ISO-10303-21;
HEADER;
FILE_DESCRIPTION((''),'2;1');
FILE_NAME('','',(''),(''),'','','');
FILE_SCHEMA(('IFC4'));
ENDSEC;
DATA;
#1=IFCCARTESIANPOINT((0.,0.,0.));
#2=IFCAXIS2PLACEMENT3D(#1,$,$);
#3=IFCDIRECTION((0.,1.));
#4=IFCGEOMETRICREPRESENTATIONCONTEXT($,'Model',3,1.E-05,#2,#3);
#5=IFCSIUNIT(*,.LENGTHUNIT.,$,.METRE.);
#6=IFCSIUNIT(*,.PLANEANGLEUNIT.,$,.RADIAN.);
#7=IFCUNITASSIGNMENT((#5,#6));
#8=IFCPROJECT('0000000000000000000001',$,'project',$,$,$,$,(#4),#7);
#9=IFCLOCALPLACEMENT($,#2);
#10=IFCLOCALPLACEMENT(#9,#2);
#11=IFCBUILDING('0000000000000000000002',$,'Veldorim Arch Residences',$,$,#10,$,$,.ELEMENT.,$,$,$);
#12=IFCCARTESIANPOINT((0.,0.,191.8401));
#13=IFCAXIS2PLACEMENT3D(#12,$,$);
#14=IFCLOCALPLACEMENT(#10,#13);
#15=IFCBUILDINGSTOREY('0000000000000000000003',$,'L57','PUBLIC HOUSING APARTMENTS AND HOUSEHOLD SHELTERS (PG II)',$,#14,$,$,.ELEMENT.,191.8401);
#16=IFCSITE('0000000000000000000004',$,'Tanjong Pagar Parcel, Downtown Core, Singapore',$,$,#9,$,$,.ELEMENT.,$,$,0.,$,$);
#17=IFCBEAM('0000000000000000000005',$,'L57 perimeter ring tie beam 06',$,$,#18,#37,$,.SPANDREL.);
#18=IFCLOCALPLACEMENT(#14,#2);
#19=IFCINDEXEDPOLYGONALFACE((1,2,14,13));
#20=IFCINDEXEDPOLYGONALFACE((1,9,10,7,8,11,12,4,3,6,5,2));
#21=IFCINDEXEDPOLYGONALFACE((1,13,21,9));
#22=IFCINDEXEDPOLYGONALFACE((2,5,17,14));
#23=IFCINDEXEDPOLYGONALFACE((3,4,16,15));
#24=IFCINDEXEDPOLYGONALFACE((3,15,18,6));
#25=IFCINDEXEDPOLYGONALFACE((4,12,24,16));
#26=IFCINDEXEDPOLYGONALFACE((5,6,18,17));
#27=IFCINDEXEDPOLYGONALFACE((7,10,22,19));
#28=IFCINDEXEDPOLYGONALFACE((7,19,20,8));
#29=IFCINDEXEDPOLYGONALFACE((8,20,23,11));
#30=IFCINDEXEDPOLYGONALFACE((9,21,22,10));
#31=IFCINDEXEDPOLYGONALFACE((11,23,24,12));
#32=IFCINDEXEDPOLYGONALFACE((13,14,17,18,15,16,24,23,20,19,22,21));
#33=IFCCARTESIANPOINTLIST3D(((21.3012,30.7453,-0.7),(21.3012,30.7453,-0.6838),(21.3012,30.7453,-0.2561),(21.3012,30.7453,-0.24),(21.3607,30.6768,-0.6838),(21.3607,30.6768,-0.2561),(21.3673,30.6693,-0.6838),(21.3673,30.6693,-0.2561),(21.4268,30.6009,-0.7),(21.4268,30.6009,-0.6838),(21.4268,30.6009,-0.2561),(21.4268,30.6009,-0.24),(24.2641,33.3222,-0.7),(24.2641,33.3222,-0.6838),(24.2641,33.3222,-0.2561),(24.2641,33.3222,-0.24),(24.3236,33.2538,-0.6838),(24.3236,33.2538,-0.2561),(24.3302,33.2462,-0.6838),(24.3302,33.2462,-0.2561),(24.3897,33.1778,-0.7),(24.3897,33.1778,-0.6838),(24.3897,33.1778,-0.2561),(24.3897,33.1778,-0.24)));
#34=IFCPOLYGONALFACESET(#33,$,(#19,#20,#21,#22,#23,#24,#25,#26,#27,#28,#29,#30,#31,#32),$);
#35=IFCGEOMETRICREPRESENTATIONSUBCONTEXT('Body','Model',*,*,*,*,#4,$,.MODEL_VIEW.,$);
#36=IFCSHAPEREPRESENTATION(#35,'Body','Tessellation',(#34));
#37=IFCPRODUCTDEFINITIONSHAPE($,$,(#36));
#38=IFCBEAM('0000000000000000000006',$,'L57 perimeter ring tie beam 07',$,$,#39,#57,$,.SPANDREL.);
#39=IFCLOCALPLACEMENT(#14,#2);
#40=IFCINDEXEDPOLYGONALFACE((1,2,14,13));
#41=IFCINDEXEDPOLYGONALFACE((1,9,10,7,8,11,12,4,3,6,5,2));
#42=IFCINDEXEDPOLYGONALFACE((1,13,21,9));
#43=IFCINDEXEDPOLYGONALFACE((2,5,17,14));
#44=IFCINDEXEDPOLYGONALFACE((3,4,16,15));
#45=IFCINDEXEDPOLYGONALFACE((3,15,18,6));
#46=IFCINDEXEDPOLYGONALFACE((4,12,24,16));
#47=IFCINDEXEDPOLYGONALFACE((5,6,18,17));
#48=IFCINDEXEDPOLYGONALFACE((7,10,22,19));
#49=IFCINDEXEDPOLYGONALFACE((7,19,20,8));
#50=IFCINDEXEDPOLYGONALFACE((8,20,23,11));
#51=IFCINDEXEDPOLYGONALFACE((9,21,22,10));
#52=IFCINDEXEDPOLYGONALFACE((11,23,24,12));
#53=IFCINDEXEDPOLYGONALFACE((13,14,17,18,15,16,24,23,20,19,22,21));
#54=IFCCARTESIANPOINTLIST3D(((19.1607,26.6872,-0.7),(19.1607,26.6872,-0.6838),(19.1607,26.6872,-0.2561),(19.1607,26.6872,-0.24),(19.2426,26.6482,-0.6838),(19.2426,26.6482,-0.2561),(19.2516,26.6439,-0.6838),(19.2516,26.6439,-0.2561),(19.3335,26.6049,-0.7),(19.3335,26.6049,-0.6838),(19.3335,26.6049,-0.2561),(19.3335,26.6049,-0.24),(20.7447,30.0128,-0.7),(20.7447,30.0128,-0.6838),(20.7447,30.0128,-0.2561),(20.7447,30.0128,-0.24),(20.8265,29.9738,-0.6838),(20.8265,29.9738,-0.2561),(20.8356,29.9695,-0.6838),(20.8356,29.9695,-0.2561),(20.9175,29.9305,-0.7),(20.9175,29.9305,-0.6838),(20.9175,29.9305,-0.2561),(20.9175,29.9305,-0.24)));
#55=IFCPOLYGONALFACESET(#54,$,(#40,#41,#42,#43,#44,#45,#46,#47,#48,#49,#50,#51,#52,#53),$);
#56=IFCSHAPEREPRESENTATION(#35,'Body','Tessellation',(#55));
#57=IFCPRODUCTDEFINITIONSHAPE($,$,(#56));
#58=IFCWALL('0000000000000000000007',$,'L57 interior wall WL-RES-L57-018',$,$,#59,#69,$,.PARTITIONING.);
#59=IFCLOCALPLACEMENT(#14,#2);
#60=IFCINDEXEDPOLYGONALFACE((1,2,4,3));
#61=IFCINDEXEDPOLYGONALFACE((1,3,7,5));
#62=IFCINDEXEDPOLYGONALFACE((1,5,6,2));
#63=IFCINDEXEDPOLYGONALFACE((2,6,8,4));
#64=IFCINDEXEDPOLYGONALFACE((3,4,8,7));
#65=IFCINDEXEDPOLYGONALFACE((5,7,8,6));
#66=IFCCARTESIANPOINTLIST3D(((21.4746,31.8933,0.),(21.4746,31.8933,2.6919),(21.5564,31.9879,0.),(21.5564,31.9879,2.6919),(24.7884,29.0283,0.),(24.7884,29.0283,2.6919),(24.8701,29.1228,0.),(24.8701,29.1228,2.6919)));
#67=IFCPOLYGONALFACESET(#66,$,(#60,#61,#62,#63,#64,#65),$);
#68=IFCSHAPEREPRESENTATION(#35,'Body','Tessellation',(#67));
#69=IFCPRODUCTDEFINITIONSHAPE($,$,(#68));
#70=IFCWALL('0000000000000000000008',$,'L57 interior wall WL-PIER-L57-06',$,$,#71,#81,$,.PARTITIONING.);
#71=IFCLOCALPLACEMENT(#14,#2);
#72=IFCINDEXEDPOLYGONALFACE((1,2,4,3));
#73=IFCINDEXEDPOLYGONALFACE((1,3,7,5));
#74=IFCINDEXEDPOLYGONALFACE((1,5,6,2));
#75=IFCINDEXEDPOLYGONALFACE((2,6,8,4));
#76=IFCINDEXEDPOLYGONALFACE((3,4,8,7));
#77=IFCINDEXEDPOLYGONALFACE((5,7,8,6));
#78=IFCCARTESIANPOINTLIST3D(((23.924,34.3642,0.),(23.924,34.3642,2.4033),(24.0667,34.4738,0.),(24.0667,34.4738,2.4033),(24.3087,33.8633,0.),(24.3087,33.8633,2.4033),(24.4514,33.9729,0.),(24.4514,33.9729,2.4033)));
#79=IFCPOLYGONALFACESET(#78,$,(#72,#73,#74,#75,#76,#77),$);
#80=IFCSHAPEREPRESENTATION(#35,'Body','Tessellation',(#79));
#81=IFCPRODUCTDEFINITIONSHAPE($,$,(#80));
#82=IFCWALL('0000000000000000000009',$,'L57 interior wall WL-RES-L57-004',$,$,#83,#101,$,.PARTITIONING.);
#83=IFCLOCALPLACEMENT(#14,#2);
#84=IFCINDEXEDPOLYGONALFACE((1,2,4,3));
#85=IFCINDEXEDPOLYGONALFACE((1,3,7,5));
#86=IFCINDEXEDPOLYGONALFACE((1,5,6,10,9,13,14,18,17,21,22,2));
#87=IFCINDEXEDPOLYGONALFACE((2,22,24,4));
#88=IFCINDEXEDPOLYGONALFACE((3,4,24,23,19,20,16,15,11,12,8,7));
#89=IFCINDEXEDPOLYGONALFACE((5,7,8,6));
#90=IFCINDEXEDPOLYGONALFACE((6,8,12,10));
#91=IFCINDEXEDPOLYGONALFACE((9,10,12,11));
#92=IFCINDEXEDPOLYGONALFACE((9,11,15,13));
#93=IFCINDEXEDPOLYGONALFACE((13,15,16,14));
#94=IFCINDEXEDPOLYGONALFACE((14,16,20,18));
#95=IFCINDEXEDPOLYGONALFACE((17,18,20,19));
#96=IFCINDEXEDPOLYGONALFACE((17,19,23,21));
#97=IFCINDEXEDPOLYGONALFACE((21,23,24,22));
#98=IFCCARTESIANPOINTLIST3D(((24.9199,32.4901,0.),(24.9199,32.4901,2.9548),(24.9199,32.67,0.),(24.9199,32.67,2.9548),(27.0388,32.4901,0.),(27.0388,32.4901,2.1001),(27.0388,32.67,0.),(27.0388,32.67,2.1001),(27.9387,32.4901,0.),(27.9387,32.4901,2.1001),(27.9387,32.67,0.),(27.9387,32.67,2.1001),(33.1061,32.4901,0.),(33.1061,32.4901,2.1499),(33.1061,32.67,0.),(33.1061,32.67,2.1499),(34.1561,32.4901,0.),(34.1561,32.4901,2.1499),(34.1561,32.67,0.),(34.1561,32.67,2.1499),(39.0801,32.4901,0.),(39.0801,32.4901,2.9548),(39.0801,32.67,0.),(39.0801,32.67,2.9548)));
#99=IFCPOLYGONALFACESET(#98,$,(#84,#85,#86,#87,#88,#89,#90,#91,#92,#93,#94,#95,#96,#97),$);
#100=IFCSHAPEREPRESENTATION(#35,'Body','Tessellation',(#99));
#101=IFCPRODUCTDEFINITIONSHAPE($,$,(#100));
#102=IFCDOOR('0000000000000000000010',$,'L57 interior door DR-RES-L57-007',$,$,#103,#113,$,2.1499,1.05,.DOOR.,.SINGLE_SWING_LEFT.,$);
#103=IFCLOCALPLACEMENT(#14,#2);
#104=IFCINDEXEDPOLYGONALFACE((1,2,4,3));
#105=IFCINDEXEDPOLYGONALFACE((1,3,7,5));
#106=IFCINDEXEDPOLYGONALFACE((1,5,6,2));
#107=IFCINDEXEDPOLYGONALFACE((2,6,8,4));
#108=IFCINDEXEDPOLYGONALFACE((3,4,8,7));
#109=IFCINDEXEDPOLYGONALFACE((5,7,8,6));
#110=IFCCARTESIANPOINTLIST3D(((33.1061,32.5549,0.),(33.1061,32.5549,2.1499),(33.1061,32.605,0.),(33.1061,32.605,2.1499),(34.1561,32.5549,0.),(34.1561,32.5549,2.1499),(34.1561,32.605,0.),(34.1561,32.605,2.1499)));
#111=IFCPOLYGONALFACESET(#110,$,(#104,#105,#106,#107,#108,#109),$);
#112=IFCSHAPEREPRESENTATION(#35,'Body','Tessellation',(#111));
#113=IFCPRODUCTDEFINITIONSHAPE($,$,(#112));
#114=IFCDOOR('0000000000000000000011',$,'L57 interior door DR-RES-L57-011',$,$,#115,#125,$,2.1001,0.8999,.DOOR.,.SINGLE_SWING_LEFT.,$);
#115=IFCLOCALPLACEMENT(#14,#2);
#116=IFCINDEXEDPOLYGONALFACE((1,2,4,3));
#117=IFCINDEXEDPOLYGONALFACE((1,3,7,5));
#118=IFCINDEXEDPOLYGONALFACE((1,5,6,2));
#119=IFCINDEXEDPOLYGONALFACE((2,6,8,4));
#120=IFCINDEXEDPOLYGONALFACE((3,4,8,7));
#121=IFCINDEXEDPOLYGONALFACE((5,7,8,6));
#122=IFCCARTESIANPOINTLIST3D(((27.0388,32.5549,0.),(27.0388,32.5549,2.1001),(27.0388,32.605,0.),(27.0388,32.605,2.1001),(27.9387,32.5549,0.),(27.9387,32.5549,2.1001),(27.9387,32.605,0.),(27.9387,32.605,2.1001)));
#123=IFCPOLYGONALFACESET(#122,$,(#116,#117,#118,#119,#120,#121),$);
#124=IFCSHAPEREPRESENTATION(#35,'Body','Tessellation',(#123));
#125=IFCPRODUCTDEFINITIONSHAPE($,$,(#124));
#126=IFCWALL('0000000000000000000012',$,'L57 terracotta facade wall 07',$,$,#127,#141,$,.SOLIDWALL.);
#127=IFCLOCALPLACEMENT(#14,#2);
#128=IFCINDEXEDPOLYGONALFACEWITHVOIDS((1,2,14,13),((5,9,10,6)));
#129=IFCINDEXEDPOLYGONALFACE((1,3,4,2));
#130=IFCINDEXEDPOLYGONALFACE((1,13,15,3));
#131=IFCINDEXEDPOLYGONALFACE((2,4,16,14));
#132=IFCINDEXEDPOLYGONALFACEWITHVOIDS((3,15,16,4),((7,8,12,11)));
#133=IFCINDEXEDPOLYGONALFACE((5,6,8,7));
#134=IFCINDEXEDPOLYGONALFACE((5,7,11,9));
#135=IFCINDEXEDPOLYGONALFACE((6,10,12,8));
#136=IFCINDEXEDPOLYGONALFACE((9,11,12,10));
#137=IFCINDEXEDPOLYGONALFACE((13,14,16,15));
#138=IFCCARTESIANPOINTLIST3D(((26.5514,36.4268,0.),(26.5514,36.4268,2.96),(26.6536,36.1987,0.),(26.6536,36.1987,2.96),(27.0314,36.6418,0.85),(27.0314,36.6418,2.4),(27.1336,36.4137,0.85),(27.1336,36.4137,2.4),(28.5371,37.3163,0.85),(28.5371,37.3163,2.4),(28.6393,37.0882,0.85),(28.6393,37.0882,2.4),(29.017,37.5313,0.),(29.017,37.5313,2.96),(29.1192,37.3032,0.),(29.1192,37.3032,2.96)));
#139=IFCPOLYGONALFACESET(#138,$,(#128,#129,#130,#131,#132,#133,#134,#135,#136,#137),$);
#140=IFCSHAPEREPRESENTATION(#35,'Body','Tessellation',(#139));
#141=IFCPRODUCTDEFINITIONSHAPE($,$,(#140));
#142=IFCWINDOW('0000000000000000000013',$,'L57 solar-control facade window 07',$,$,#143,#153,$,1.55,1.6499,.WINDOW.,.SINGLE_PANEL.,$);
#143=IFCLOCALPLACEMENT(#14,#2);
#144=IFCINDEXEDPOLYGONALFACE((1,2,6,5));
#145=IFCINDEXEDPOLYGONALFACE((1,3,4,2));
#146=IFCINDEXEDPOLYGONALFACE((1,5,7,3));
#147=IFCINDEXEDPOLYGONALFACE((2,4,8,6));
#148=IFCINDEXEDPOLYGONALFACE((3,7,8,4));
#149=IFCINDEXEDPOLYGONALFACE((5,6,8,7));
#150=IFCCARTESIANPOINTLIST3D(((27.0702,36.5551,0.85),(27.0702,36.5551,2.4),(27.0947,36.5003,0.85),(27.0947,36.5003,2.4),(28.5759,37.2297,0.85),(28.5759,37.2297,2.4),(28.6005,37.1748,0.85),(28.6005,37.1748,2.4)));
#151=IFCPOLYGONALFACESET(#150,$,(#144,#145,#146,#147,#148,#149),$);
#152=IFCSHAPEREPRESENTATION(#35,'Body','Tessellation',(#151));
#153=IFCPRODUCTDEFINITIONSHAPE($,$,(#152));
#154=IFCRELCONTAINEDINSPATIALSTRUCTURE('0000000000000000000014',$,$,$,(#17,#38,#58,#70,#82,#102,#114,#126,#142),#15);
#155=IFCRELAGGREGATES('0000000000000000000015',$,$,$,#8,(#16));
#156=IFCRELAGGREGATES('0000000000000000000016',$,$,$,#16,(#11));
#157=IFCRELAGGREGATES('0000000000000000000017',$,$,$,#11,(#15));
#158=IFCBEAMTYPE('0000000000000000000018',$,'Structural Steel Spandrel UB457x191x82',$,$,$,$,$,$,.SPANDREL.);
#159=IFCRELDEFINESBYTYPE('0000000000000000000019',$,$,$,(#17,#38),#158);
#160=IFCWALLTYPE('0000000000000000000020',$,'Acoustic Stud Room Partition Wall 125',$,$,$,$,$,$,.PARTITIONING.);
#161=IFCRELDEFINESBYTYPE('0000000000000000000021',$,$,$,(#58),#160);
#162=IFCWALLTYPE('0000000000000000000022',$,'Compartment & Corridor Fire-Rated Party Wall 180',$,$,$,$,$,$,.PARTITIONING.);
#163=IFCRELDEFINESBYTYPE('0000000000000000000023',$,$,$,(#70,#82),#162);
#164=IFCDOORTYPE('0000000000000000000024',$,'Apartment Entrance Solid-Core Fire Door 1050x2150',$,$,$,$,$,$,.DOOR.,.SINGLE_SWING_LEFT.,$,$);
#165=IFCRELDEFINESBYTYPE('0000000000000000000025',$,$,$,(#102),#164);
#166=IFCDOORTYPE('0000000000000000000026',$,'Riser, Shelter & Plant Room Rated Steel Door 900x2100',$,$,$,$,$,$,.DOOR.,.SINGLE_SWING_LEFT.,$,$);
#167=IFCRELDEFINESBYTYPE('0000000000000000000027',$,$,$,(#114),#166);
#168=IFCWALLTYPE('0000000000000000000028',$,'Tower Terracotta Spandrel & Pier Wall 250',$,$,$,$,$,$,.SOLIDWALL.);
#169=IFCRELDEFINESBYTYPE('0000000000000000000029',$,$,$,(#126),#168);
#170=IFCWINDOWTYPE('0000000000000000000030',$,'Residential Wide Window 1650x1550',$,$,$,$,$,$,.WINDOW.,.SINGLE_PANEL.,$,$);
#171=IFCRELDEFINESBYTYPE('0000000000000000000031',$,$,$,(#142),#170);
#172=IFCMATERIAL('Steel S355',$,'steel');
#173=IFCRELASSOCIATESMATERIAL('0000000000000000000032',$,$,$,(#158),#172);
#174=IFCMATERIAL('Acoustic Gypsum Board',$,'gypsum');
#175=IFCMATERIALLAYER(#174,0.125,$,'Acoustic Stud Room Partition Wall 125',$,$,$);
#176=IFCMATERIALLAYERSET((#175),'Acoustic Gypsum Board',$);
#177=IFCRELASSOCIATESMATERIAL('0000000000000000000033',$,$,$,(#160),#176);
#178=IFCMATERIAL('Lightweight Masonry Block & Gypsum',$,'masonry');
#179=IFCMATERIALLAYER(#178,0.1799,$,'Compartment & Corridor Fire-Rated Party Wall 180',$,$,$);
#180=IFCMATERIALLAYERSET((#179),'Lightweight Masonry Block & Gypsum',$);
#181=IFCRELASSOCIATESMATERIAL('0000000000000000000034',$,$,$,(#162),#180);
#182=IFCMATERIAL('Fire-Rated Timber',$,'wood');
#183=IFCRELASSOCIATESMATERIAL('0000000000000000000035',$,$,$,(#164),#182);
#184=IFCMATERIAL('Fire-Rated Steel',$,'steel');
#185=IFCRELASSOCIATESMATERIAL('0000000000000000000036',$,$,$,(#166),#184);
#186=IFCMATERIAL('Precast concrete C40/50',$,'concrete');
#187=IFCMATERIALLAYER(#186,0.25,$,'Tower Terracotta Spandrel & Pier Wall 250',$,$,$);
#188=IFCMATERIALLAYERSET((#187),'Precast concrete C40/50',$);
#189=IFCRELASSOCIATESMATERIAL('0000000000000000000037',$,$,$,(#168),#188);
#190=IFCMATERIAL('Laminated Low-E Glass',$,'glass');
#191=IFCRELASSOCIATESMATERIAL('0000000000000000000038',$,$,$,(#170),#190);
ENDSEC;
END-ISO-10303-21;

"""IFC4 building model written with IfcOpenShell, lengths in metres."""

from ifc_helpers import new_model, si_unit, direction, frame, frame_2d, origin, origin_2d, place, context, subcontext, project, spatial, rectangle, i_section, extrude, material, layer, layer_set, material_profile, profile_set, type_object, element, fill, save


model = new_model("IFC4")

# Units and contexts
model_context = context("Model", 3, precision=1e-05, world=origin(), true_north=direction((0.0, 1.0)))
body_context = subcontext(model_context, "Body", "Model", "MODEL_VIEW")
ifc_project = project(units=[si_unit("LENGTHUNIT", "METRE"), si_unit("PLANEANGLEUNIT", "RADIAN")], contexts=[model_context])

# Site, building, storey
site_placement = place(None, origin())
site = spatial("IfcSite", under=ifc_project, at=site_placement, Name="Tanjong Pagar Parcel, Downtown Core, Singapore", CompositionType="ELEMENT", RefElevation=0.0)
building_placement = place(site_placement, origin())
building = spatial("IfcBuilding", under=site, at=building_placement, Name="Veldorim Arch Residences", CompositionType="ELEMENT")
storey_placement = place(building_placement, frame((0.0, 0.0, 191.8401)))
storey = spatial("IfcBuildingStorey", under=building, at=storey_placement, Name="L57", Description="PUBLIC HOUSING APARTMENTS AND HOUSEHOLD SHELTERS (PG II)", CompositionType="ELEMENT", Elevation=191.8401)

# Beams
ifc_material_1 = material(Name="Steel S355", Category="steel")
ifc_material_profile_1 = material_profile(ifc_material_1, i_section(OverallWidth=0.1914, OverallDepth=0.46, WebThickness=0.01, FlangeThickness=0.0161, at=origin_2d()), Name="UB457x191x82")
ifc_profile_set_1 = profile_set([ifc_material_profile_1], Name="Steel S355")
beam_type_1 = type_object("IfcBeamType", Name="Structural Steel Spandrel UB457x191x82", PredefinedType="SPANDREL", material=ifc_profile_set_1)
beam_1_placement = place(storey_placement, frame((24.3269, 33.25, -0.47), z_axis=(-0.754545, -0.656248, 0.0), x_axis=(0.656248, -0.754545, 0.0)))
element("IfcBeam", 1, at=beam_1_placement, inside=storey, type_object=beam_type_1, Name="L57 perimeter ring tie beam 06", PredefinedType="SPANDREL", context=body_context, shape_type="SweptSolid", body=[
    extrude(i_section(OverallWidth=0.1914, OverallDepth=0.46, WebThickness=0.01, FlangeThickness=0.0161, at=origin_2d()), origin(), (0.0, 0.0, 1.0), 3.9268),
])
beam_2_placement = place(storey_placement, frame((20.8311, 29.9717, -0.47), z_axis=(-0.430006, -0.902826, 0.0), x_axis=(0.902826, -0.430006, 0.0)))
element("IfcBeam", 2, at=beam_2_placement, inside=storey, type_object=beam_type_1, Name="L57 perimeter ring tie beam 07", PredefinedType="SPANDREL", context=body_context, shape_type="SweptSolid", body=[
    extrude(i_section(OverallWidth=0.1914, OverallDepth=0.46, WebThickness=0.01, FlangeThickness=0.0161, at=origin_2d()), origin(), (0.0, 0.0, 1.0), 3.6836),
])

# Walls
ifc_material_2 = material(Name="Acoustic Gypsum Board", Category="gypsum")
ifc_layer_1 = layer(ifc_material_2, 0.125, Name="Acoustic Stud Room Partition Wall 125")
ifc_layer_set_1 = layer_set([ifc_layer_1], Name="Acoustic Gypsum Board")
wall_type_1 = type_object("IfcWallType", Name="Acoustic Stud Room Partition Wall 125", PredefinedType="PARTITIONING", material=ifc_layer_set_1)
wall_1_placement = place(storey_placement, frame((21.5154, 31.9407, 0.0), z_axis=(0.0, 0.0, 1.0), x_axis=(0.756468, -0.65403, 0.0)))
element("IfcWall", 3, at=wall_1_placement, inside=storey, type_object=wall_type_1, Name="L57 interior wall WL-RES-L57-018", PredefinedType="PARTITIONING", context=body_context, shape_type="SweptSolid", body=[
    extrude(rectangle(XDim=4.3806, YDim=0.125, at=frame_2d((2.1904, 0.0))), origin(), (0.0, 0.0, 1.0), 2.6919),
])
ifc_material_3 = material(Name="Lightweight Masonry Block & Gypsum", Category="masonry")
ifc_layer_2 = layer(ifc_material_3, 0.1799, Name="Compartment & Corridor Fire-Rated Party Wall 180")
ifc_layer_set_2 = layer_set([ifc_layer_2], Name="Lightweight Masonry Block & Gypsum")
wall_type_2 = type_object("IfcWallType", Name="Compartment & Corridor Fire-Rated Party Wall 180", PredefinedType="PARTITIONING", material=ifc_layer_set_2)
wall_2_placement = place(storey_placement, frame((24.3801, 33.918, 0.0), z_axis=(0.0, 0.0, 1.0), x_axis=(-0.609113, 0.793084, 0.0)))
element("IfcWall", 4, at=wall_2_placement, inside=storey, type_object=wall_type_2, Name="L57 interior wall WL-PIER-L57-06", PredefinedType="PARTITIONING", context=body_context, shape_type="SweptSolid", body=[
    extrude(rectangle(XDim=0.6316, YDim=0.1799, at=frame_2d((0.3159, 0.0))), origin(), (0.0, 0.0, 1.0), 2.4033),
])

# Wall, openings, doors
wall_3_placement = place(storey_placement, frame((24.9199, 32.5801, 0.0), z_axis=(0.0, 0.0, 1.0), x_axis=(1.0, 0.0, 0.0)))
wall_3 = element("IfcWall", 5, at=wall_3_placement, inside=storey, type_object=wall_type_2, Name="L57 interior wall WL-RES-L57-004", PredefinedType="PARTITIONING", context=body_context, shape_type="SweptSolid", body=[
    extrude(rectangle(XDim=14.1602, YDim=0.1799, at=frame_2d((7.0801, 0.0))), origin(), (0.0, 0.0, 1.0), 2.9548),
])
opening_1_placement = place(wall_3_placement, frame((8.1863, 0.0, 0.0)))
opening_1 = element("IfcOpeningElement", 6, at=opening_1_placement, cuts=wall_3, PredefinedType="OPENING", context=body_context, shape_type="SweptSolid", body=[
    extrude(rectangle(XDim=1.05, YDim=2.1499, at=frame_2d((0.5249, 1.075))), frame((0.0, 0.0999, 0.0), z_axis=(0.0, -1.0, 0.0), x_axis=(1.0, 0.0, 0.0)), (0.0, 0.0, 1.0), 0.2),
])
opening_2_placement = place(wall_3_placement, frame((2.1189, 0.0, 0.0)))
opening_2 = element("IfcOpeningElement", 7, at=opening_2_placement, cuts=wall_3, PredefinedType="OPENING", context=body_context, shape_type="SweptSolid", body=[
    extrude(rectangle(XDim=0.8999, YDim=2.1001, at=frame_2d((0.45, 1.05))), frame((0.0, 0.0999, 0.0), z_axis=(0.0, -1.0, 0.0), x_axis=(1.0, 0.0, 0.0)), (0.0, 0.0, 1.0), 0.2),
])
ifc_material_4 = material(Name="Fire-Rated Timber", Category="wood")
door_type_1 = type_object("IfcDoorType", Name="Apartment Entrance Solid-Core Fire Door 1050x2150", OperationType="SINGLE_SWING_LEFT", PredefinedType="DOOR", material=ifc_material_4)
door_1_placement = place(opening_1_placement, origin())
door_1 = element("IfcDoor", 8, at=door_1_placement, inside=storey, type_object=door_type_1, Name="L57 interior door DR-RES-L57-007", OperationType="SINGLE_SWING_LEFT", OverallHeight=2.1499, OverallWidth=1.05, PredefinedType="DOOR", context=body_context, shape_type="SweptSolid", body=[
    extrude(rectangle(XDim=1.05, YDim=2.1499, at=frame_2d((0.5249, 1.075))), frame((0.0, 0.0249, 0.0), z_axis=(0.0, -1.0, 0.0), x_axis=(1.0, 0.0, 0.0)), (0.0, 0.0, 1.0), 0.05),
])
fill(opening_1, door_1)
ifc_material_5 = material(Name="Fire-Rated Steel", Category="steel")
door_type_2 = type_object("IfcDoorType", Name="Riser, Shelter & Plant Room Rated Steel Door 900x2100", OperationType="SINGLE_SWING_LEFT", PredefinedType="DOOR", material=ifc_material_5)
door_2_placement = place(opening_2_placement, origin())
door_2 = element("IfcDoor", 9, at=door_2_placement, inside=storey, type_object=door_type_2, Name="L57 interior door DR-RES-L57-011", OperationType="SINGLE_SWING_LEFT", OverallHeight=2.1001, OverallWidth=0.8999, PredefinedType="DOOR", context=body_context, shape_type="SweptSolid", body=[
    extrude(rectangle(XDim=0.8999, YDim=2.1001, at=frame_2d((0.45, 1.05))), frame((0.0, 0.0249, 0.0), z_axis=(0.0, -1.0, 0.0), x_axis=(1.0, 0.0, 0.0)), (0.0, 0.0, 1.0), 0.05),
])
fill(opening_2, door_2)

# Wall, opening, window
ifc_material_6 = material(Name="Precast concrete C40/50", Category="concrete")
ifc_layer_3 = layer(ifc_material_6, 0.25, Name="Tower Terracotta Spandrel & Pier Wall 250")
ifc_layer_set_3 = layer_set([ifc_layer_3], Name="Precast concrete C40/50")
wall_type_3 = type_object("IfcWallType", Name="Tower Terracotta Spandrel & Pier Wall 250", PredefinedType="SOLIDWALL", material=ifc_layer_set_3)
wall_4_placement = place(storey_placement, frame((26.6025, 36.3127, 0.0), z_axis=(0.0, 0.0, 1.0), x_axis=(0.912615, 0.40882, 0.0)))
wall_4 = element("IfcWall", 10, at=wall_4_placement, inside=storey, type_object=wall_type_3, Name="L57 terracotta facade wall 07", PredefinedType="SOLIDWALL", context=body_context, shape_type="SweptSolid", body=[
    extrude(rectangle(XDim=2.7017, YDim=0.25, at=frame_2d((1.3508, 0.0))), origin(), (0.0, 0.0, 1.0), 2.96),
])
opening_3_placement = place(wall_4_placement, frame((0.5259, 0.0, 0.8501)))
opening_3 = element("IfcOpeningElement", 11, at=opening_3_placement, cuts=wall_4, PredefinedType="OPENING", context=body_context, shape_type="SweptSolid", body=[
    extrude(rectangle(XDim=1.6499, YDim=1.55, at=frame_2d((0.825, 0.7749))), frame((0.0, 0.135, 0.0), z_axis=(0.0, -1.0, 0.0), x_axis=(1.0, 0.0, 0.0)), (0.0, 0.0, 1.0), 0.27),
])
ifc_material_7 = material(Name="Laminated Low-E Glass", Category="glass")
window_type_1 = type_object("IfcWindowType", Name="Residential Wide Window 1650x1550", PartitioningType="SINGLE_PANEL", PredefinedType="WINDOW", material=ifc_material_7)
window_1_placement = place(opening_3_placement, origin())
window_1 = element("IfcWindow", 12, at=window_1_placement, inside=storey, type_object=window_type_1, Name="L57 solar-control facade window 07", OverallHeight=1.55, OverallWidth=1.6499, PartitioningType="SINGLE_PANEL", PredefinedType="WINDOW", context=body_context, shape_type="SweptSolid", body=[
    extrude(rectangle(XDim=1.6499, YDim=1.55, at=frame_2d((0.825, 0.7749))), frame((0.0, 0.03, 0.0), z_axis=(0.0, -1.0, 0.0), x_axis=(1.0, 0.0, 0.0)), (0.0, 0.0, 1.0), 0.0601),
])
fill(opening_3, window_1)

save(model, "model.ifc")
